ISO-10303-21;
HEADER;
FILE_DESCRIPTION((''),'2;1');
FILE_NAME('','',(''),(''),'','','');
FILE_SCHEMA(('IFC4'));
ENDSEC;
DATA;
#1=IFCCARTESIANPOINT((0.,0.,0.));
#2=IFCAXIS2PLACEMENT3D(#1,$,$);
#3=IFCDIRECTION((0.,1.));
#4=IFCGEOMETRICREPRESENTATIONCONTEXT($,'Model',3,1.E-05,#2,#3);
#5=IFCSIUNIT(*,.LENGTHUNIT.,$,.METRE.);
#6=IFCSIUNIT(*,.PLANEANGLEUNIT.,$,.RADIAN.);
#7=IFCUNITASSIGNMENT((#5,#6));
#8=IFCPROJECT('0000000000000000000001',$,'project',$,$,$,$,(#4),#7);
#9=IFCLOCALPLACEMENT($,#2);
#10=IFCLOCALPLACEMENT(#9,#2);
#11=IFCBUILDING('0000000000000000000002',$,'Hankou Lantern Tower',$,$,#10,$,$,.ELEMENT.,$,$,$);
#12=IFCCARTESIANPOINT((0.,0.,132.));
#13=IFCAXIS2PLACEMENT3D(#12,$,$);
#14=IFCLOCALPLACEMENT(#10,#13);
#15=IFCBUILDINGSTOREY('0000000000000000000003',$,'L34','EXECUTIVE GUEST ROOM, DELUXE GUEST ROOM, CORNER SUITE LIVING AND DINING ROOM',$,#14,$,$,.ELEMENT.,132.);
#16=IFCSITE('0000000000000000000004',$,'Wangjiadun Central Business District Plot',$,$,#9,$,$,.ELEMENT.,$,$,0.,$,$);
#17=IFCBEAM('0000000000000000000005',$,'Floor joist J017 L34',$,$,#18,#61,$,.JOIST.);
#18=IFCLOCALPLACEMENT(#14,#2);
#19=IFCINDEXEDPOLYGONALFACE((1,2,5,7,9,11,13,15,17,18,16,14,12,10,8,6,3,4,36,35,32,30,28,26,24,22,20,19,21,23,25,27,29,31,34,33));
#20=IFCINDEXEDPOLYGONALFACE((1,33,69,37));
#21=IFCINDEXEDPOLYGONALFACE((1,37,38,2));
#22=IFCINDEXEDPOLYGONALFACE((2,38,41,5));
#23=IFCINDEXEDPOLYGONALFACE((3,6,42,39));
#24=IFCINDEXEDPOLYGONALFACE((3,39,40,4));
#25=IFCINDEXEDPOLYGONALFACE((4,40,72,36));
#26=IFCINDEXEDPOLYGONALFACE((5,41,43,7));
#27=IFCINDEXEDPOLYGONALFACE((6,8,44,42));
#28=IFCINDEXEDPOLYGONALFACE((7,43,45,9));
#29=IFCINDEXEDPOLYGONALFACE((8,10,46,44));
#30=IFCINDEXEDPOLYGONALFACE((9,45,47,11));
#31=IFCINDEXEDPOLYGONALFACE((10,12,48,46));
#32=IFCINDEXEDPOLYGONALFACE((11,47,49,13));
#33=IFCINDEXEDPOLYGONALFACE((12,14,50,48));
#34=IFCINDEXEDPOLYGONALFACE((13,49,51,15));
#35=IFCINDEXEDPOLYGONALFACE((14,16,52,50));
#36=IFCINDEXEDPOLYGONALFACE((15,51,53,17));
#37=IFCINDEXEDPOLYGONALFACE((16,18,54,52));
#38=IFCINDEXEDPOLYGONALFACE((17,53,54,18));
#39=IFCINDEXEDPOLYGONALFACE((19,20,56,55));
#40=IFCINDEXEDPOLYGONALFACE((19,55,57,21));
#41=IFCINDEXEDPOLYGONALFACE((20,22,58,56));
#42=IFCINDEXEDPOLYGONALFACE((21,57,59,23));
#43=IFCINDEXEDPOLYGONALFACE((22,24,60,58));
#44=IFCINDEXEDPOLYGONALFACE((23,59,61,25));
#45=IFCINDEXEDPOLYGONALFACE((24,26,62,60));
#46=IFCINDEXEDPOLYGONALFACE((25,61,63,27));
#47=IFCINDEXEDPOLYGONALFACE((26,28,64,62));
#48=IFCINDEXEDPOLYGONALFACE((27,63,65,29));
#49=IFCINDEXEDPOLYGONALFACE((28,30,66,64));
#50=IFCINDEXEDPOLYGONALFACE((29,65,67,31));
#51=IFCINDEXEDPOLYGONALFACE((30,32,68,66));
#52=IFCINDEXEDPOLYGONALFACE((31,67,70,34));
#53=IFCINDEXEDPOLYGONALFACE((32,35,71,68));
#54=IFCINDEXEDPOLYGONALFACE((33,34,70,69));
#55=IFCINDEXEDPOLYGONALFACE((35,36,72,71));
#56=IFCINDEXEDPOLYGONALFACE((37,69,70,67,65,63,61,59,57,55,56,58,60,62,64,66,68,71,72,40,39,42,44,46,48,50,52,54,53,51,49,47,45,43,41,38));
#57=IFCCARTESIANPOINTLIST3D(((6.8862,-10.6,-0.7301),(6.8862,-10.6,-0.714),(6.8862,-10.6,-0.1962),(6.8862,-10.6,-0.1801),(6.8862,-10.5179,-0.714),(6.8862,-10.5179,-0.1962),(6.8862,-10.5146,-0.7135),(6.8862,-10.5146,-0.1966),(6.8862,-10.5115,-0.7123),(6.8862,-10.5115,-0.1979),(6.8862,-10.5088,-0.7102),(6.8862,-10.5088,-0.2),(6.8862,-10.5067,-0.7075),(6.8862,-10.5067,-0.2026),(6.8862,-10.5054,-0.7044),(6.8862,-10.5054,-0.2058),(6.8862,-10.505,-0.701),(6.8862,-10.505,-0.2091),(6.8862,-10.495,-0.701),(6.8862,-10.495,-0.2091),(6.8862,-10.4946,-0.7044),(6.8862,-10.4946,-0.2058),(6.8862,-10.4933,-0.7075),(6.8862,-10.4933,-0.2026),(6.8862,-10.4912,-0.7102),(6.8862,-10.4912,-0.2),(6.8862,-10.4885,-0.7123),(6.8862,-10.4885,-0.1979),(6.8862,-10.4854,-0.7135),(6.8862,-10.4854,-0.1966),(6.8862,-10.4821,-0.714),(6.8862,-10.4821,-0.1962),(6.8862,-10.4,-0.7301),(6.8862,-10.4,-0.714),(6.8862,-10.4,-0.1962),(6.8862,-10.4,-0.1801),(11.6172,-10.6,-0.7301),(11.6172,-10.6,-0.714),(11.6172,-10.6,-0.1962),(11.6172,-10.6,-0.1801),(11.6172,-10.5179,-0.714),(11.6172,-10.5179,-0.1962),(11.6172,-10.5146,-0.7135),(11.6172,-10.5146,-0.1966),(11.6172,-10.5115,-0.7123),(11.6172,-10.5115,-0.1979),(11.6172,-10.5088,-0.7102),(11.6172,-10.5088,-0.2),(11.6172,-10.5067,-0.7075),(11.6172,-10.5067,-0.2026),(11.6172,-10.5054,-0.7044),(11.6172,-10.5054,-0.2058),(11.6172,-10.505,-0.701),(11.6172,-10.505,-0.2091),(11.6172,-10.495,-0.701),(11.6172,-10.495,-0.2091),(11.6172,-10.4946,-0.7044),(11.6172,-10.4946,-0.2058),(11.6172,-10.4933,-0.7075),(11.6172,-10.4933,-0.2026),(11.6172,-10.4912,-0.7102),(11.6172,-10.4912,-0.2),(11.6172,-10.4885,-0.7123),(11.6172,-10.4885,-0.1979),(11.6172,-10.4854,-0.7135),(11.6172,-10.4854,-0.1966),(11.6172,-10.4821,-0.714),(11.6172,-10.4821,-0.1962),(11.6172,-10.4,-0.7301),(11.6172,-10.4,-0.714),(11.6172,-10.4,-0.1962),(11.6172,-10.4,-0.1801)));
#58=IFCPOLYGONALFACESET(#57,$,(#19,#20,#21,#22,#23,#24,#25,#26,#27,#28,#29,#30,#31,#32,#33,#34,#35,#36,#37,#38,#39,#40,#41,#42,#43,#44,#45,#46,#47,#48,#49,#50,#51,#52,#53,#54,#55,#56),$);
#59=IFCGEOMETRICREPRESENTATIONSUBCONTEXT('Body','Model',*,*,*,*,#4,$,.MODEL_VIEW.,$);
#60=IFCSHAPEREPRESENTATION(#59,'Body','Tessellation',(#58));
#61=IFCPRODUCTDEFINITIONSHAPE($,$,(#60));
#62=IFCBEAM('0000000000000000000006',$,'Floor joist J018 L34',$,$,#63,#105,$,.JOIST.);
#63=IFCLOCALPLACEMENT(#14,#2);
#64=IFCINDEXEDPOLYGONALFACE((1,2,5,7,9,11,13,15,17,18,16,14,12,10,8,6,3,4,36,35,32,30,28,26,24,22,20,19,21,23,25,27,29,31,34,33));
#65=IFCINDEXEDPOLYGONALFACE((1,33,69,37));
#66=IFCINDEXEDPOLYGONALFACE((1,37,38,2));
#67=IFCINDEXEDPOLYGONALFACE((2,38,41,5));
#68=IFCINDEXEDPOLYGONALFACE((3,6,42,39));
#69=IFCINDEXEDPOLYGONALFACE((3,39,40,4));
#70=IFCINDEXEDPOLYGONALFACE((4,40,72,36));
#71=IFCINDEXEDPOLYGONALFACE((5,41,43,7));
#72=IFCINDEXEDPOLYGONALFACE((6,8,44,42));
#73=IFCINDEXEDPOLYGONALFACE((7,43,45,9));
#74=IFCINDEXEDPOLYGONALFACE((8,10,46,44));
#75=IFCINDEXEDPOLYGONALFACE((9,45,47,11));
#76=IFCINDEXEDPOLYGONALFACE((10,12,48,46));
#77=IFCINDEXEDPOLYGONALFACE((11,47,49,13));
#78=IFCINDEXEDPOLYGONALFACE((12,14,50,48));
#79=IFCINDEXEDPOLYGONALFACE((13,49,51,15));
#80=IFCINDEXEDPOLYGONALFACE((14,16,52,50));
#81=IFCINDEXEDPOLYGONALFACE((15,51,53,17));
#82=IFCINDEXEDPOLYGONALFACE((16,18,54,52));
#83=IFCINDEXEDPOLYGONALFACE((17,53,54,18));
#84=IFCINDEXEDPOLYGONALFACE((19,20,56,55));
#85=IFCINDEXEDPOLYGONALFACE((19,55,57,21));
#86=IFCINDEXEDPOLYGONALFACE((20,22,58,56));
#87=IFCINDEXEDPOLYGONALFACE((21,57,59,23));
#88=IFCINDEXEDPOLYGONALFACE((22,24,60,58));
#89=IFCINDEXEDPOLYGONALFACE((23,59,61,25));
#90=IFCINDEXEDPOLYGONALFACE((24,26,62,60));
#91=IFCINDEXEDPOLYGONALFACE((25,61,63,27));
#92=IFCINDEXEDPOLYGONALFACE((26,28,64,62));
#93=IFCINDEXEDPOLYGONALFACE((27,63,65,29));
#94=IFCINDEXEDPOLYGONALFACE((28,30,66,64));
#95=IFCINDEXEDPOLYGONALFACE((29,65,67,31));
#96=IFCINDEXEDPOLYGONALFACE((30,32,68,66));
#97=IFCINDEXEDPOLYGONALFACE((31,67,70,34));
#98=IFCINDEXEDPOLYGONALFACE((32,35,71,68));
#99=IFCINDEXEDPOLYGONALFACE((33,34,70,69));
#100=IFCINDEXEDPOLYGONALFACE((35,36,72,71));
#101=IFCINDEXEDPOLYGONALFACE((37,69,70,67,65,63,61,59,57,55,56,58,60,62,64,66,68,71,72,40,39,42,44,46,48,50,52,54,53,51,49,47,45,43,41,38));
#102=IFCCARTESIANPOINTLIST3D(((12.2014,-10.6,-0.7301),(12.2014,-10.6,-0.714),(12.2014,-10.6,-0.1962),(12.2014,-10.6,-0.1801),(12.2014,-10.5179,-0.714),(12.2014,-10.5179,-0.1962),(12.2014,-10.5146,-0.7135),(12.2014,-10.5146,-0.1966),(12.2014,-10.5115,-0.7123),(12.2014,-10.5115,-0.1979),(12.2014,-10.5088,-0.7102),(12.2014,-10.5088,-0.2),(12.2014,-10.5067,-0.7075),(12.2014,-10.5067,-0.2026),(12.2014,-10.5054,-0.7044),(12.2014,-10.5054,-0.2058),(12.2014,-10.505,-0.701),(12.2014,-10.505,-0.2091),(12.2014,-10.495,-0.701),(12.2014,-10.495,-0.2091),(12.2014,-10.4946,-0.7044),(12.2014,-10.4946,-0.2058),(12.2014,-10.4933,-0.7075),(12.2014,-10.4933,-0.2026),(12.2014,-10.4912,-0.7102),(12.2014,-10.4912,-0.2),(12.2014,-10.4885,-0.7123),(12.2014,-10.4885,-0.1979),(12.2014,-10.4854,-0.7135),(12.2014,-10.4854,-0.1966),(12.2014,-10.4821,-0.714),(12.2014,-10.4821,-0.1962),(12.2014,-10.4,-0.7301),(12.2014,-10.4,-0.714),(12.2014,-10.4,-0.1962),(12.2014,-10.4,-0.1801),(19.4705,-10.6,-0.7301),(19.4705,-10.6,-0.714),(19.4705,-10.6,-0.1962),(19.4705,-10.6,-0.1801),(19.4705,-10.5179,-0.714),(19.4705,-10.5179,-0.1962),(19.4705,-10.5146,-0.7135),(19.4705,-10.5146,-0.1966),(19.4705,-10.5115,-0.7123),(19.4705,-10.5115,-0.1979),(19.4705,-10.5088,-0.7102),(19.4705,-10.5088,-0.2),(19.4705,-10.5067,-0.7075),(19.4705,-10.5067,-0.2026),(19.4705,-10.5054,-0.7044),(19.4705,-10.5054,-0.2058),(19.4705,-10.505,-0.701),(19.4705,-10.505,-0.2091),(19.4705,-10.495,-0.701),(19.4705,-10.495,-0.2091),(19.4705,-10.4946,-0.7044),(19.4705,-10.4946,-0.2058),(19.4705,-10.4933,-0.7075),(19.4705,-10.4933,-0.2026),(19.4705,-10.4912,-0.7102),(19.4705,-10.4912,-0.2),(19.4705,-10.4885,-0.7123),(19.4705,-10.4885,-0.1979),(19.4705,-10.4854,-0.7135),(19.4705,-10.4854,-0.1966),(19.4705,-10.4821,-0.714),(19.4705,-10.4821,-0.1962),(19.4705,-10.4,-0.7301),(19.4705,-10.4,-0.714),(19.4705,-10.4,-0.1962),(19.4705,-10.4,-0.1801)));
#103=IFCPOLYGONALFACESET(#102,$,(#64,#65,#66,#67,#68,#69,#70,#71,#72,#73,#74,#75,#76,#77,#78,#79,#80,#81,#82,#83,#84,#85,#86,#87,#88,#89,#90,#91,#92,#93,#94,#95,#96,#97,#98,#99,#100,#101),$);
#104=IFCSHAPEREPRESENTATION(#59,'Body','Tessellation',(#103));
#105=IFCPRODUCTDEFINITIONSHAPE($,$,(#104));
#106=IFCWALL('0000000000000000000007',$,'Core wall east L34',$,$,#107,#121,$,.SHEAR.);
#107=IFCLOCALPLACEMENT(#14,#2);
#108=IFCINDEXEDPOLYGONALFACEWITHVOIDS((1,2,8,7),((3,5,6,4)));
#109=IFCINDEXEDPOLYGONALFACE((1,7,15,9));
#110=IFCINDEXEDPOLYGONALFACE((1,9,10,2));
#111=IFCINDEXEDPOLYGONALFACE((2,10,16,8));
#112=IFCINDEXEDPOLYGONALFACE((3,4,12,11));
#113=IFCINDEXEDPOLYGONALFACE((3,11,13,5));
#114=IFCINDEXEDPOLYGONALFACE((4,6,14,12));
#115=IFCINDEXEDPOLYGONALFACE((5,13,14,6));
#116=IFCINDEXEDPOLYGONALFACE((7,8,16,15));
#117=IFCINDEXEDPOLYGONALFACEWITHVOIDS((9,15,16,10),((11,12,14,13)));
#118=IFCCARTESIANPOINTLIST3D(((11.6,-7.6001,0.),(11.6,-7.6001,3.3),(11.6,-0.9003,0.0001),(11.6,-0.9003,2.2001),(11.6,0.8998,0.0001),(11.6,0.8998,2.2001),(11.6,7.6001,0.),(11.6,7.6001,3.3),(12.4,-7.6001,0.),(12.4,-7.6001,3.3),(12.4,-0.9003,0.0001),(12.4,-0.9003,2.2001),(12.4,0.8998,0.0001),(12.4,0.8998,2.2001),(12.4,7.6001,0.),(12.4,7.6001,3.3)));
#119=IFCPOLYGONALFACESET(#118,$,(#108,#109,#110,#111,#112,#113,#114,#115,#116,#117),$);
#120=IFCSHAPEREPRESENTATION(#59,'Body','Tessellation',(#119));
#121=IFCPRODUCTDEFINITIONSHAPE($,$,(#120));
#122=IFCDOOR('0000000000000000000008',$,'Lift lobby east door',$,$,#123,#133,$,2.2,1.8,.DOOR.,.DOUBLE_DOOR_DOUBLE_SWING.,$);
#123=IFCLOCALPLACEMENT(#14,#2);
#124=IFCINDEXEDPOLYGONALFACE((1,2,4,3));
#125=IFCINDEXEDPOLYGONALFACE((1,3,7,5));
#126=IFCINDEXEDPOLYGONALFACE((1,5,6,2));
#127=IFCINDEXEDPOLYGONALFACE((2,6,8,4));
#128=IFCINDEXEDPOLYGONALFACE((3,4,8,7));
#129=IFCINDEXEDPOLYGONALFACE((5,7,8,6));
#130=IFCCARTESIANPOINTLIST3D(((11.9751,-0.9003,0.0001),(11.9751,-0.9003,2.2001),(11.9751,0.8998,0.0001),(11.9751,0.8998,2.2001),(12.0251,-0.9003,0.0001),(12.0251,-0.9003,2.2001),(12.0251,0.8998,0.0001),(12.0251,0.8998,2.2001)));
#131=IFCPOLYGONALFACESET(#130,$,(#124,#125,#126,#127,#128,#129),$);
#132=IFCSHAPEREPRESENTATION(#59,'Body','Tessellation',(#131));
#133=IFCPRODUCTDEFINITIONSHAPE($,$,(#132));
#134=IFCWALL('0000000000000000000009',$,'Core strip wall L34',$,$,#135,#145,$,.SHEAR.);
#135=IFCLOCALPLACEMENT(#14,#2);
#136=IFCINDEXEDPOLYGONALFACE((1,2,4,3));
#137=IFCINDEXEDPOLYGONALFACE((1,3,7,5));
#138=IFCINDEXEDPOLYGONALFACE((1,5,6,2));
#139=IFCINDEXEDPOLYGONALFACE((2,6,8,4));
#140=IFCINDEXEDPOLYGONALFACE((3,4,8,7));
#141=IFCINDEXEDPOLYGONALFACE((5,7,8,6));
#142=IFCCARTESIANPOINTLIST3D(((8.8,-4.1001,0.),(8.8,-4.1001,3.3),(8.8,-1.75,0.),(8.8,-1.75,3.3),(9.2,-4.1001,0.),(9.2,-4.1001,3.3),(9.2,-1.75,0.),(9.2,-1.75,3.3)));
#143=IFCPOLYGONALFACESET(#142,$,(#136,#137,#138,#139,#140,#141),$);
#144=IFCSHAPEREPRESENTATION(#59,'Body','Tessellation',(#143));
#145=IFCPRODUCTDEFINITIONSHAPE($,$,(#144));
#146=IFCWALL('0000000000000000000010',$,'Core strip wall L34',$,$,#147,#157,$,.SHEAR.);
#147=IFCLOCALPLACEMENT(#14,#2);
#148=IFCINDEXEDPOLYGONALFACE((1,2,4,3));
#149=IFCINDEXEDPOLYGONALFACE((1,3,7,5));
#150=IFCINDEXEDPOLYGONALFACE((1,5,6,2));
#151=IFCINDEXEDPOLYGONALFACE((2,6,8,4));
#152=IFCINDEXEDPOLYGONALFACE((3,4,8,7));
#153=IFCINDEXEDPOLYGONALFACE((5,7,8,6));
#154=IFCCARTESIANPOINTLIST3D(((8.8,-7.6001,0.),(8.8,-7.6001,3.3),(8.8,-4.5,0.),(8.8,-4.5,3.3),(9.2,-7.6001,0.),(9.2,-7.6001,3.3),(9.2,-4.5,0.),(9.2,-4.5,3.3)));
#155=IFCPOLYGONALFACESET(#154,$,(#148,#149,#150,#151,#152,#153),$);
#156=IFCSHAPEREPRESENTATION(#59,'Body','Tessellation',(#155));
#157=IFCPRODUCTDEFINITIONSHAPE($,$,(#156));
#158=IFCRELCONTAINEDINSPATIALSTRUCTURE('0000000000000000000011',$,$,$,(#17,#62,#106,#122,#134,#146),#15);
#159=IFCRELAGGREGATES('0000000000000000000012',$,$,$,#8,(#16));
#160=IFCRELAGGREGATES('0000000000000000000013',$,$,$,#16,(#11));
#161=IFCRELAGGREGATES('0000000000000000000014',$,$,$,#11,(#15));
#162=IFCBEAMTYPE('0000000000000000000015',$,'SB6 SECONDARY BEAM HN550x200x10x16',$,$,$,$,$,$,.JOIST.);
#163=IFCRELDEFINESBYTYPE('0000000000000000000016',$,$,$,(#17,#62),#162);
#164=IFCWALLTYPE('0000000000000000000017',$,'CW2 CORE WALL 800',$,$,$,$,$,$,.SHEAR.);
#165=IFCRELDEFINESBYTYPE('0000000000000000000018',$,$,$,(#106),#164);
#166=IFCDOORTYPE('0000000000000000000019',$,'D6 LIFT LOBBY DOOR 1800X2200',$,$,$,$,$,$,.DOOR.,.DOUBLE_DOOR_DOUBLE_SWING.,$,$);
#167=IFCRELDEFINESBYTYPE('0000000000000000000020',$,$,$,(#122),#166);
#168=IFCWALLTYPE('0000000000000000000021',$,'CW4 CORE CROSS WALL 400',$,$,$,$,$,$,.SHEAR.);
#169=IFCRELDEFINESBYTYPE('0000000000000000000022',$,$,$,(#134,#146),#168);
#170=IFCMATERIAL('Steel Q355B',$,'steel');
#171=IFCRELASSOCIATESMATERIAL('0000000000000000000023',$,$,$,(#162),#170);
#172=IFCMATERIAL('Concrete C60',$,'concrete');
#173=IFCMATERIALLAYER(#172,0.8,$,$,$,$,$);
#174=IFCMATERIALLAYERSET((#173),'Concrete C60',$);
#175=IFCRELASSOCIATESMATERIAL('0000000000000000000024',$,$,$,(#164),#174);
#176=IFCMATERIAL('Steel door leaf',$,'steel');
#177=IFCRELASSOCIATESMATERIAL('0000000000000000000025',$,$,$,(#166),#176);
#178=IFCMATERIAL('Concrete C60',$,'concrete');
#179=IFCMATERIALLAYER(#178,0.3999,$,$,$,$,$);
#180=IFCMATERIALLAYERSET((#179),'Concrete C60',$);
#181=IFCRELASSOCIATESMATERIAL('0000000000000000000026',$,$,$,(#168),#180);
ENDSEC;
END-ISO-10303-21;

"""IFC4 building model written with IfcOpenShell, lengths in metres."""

from ifc_helpers import new_model, si_unit, direction, frame, frame_2d, origin, origin_2d, place, context, subcontext, project, spatial, rectangle, i_section, extrude, material, layer, layer_set, material_profile, profile_set, type_object, element, fill, save


model = new_model("IFC4")

# Units and contexts
model_context = context("Model", 3, precision=1e-05, world=origin(), true_north=direction((0.0, 1.0)))
body_context = subcontext(model_context, "Body", "Model", "MODEL_VIEW")
ifc_project = project(units=[si_unit("LENGTHUNIT", "METRE"), si_unit("PLANEANGLEUNIT", "RADIAN")], contexts=[model_context])

# Site, building, storey
site_placement = place(None, origin())
site = spatial("IfcSite", under=ifc_project, at=site_placement, Name="Wangjiadun Central Business District Plot", CompositionType="ELEMENT", RefElevation=0.0)
building_placement = place(site_placement, origin())
building = spatial("IfcBuilding", under=site, at=building_placement, Name="Hankou Lantern Tower", CompositionType="ELEMENT")
storey_placement = place(building_placement, frame((0.0, 0.0, 132.0)))
storey = spatial("IfcBuildingStorey", under=building, at=storey_placement, Name="L34", Description="EXECUTIVE GUEST ROOM, DELUXE GUEST ROOM, CORNER SUITE LIVING AND DINING ROOM", CompositionType="ELEMENT", Elevation=132.0)

# Beams
ifc_material_1 = material(Name="Steel Q355B", Category="steel")
ifc_material_profile_1 = material_profile(ifc_material_1, i_section(OverallWidth=0.2, OverallDepth=0.55, WebThickness=0.01, FlangeThickness=0.0161, FilletRadius=0.0129, at=origin_2d()), Name="HN550x200x10x16")
ifc_profile_set_1 = profile_set([ifc_material_profile_1], Name="Steel Q355B")
beam_type_1 = type_object("IfcBeamType", Name="SB6 SECONDARY BEAM HN550x200x10x16", PredefinedType="JOIST", material=ifc_profile_set_1)
beam_1_placement = place(storey_placement, frame((6.8862, -10.5, -0.4551), z_axis=(1.0, 0.0, 0.0), x_axis=(0.0, 1.0, 0.0)))
element("IfcBeam", 1, at=beam_1_placement, inside=storey, type_object=beam_type_1, Name="Floor joist J017 L34", PredefinedType="JOIST", context=body_context, shape_type="SweptSolid", body=[
    extrude(i_section(OverallWidth=0.2, OverallDepth=0.55, WebThickness=0.01, FlangeThickness=0.0161, FilletRadius=0.0129, at=origin_2d()), origin(), (0.0, 0.0, 1.0), 4.731),
])
beam_2_placement = place(storey_placement, frame((12.2014, -10.5, -0.4551), z_axis=(1.0, 0.0, 0.0), x_axis=(0.0, 1.0, 0.0)))
element("IfcBeam", 2, at=beam_2_placement, inside=storey, type_object=beam_type_1, Name="Floor joist J018 L34", PredefinedType="JOIST", context=body_context, shape_type="SweptSolid", body=[
    extrude(i_section(OverallWidth=0.2, OverallDepth=0.55, WebThickness=0.01, FlangeThickness=0.0161, FilletRadius=0.0129, at=origin_2d()), origin(), (0.0, 0.0, 1.0), 7.269),
])

# Wall, opening, door
ifc_material_2 = material(Name="Concrete C60", Category="concrete")
ifc_layer_1 = layer(ifc_material_2, 0.8)
ifc_layer_set_1 = layer_set([ifc_layer_1], Name="Concrete C60")
wall_type_1 = type_object("IfcWallType", Name="CW2 CORE WALL 800", PredefinedType="SHEAR", material=ifc_layer_set_1)
wall_1_placement = place(storey_placement, frame((12.0, -7.6001, 0.0), z_axis=(0.0, 0.0, 1.0), x_axis=(0.0, 1.0, 0.0)))
wall_1 = element("IfcWall", 3, at=wall_1_placement, inside=storey, type_object=wall_type_1, Name="Core wall east L34", PredefinedType="SHEAR", context=body_context, shape_type="SweptSolid", body=[
    extrude(rectangle(XDim=15.2002, YDim=0.8, at=frame_2d((7.6001, 0.0))), origin(), (0.0, 0.0, 1.0), 3.3),
])
opening_1_placement = place(wall_1_placement, frame((6.7, 0.0, 0.0)))
opening_1 = element("IfcOpeningElement", 4, at=opening_1_placement, cuts=wall_1, PredefinedType="OPENING", context=body_context, shape_type="SweptSolid", body=[
    extrude(rectangle(XDim=1.8, YDim=2.2, at=frame_2d((0.8999, 1.1001))), frame((0.0, 0.4099, 0.0), z_axis=(0.0, -1.0, 0.0), x_axis=(1.0, 0.0, 0.0)), (0.0, 0.0, 1.0), 0.8201),
])
ifc_material_3 = material(Name="Steel door leaf", Category="steel")
door_type_1 = type_object("IfcDoorType", Name="D6 LIFT LOBBY DOOR 1800X2200", OperationType="DOUBLE_DOOR_DOUBLE_SWING", PredefinedType="DOOR", material=ifc_material_3)
door_1_placement = place(opening_1_placement, origin())
door_1 = element("IfcDoor", 5, at=door_1_placement, inside=storey, type_object=door_type_1, Name="Lift lobby east door", OperationType="DOUBLE_DOOR_DOUBLE_SWING", OverallHeight=2.2, OverallWidth=1.8, PredefinedType="DOOR", context=body_context, shape_type="SweptSolid", body=[
    extrude(rectangle(XDim=1.8, YDim=2.2, at=frame_2d((0.8999, 1.1001))), frame((0.0, 0.0249, 0.0), z_axis=(0.0, -1.0, 0.0), x_axis=(1.0, 0.0, 0.0)), (0.0, 0.0, 1.0), 0.05),
])
fill(opening_1, door_1)

# Walls
ifc_material_4 = material(Name="Concrete C60", Category="concrete")
ifc_layer_2 = layer(ifc_material_4, 0.3999)
ifc_layer_set_2 = layer_set([ifc_layer_2], Name="Concrete C60")
wall_type_2 = type_object("IfcWallType", Name="CW4 CORE CROSS WALL 400", PredefinedType="SHEAR", material=ifc_layer_set_2)
wall_2_placement = place(storey_placement, frame((9.0, -4.1001, 0.0), z_axis=(0.0, 0.0, 1.0), x_axis=(0.0, 1.0, 0.0)))
element("IfcWall", 6, at=wall_2_placement, inside=storey, type_object=wall_type_2, Name="Core strip wall L34", PredefinedType="SHEAR", context=body_context, shape_type="SweptSolid", body=[
    extrude(rectangle(XDim=2.3501, YDim=0.3999, at=frame_2d((1.175, 0.0))), origin(), (0.0, 0.0, 1.0), 3.3),
])
wall_3_placement = place(storey_placement, frame((9.0, -7.6001, 0.0), z_axis=(0.0, 0.0, 1.0), x_axis=(0.0, 1.0, 0.0)))
element("IfcWall", 7, at=wall_3_placement, inside=storey, type_object=wall_type_2, Name="Core strip wall L34", PredefinedType="SHEAR", context=body_context, shape_type="SweptSolid", body=[
    extrude(rectangle(XDim=3.1001, YDim=0.3999, at=frame_2d((1.55, 0.0))), origin(), (0.0, 0.0, 1.0), 3.3),
])

save(model, "model.ifc")
